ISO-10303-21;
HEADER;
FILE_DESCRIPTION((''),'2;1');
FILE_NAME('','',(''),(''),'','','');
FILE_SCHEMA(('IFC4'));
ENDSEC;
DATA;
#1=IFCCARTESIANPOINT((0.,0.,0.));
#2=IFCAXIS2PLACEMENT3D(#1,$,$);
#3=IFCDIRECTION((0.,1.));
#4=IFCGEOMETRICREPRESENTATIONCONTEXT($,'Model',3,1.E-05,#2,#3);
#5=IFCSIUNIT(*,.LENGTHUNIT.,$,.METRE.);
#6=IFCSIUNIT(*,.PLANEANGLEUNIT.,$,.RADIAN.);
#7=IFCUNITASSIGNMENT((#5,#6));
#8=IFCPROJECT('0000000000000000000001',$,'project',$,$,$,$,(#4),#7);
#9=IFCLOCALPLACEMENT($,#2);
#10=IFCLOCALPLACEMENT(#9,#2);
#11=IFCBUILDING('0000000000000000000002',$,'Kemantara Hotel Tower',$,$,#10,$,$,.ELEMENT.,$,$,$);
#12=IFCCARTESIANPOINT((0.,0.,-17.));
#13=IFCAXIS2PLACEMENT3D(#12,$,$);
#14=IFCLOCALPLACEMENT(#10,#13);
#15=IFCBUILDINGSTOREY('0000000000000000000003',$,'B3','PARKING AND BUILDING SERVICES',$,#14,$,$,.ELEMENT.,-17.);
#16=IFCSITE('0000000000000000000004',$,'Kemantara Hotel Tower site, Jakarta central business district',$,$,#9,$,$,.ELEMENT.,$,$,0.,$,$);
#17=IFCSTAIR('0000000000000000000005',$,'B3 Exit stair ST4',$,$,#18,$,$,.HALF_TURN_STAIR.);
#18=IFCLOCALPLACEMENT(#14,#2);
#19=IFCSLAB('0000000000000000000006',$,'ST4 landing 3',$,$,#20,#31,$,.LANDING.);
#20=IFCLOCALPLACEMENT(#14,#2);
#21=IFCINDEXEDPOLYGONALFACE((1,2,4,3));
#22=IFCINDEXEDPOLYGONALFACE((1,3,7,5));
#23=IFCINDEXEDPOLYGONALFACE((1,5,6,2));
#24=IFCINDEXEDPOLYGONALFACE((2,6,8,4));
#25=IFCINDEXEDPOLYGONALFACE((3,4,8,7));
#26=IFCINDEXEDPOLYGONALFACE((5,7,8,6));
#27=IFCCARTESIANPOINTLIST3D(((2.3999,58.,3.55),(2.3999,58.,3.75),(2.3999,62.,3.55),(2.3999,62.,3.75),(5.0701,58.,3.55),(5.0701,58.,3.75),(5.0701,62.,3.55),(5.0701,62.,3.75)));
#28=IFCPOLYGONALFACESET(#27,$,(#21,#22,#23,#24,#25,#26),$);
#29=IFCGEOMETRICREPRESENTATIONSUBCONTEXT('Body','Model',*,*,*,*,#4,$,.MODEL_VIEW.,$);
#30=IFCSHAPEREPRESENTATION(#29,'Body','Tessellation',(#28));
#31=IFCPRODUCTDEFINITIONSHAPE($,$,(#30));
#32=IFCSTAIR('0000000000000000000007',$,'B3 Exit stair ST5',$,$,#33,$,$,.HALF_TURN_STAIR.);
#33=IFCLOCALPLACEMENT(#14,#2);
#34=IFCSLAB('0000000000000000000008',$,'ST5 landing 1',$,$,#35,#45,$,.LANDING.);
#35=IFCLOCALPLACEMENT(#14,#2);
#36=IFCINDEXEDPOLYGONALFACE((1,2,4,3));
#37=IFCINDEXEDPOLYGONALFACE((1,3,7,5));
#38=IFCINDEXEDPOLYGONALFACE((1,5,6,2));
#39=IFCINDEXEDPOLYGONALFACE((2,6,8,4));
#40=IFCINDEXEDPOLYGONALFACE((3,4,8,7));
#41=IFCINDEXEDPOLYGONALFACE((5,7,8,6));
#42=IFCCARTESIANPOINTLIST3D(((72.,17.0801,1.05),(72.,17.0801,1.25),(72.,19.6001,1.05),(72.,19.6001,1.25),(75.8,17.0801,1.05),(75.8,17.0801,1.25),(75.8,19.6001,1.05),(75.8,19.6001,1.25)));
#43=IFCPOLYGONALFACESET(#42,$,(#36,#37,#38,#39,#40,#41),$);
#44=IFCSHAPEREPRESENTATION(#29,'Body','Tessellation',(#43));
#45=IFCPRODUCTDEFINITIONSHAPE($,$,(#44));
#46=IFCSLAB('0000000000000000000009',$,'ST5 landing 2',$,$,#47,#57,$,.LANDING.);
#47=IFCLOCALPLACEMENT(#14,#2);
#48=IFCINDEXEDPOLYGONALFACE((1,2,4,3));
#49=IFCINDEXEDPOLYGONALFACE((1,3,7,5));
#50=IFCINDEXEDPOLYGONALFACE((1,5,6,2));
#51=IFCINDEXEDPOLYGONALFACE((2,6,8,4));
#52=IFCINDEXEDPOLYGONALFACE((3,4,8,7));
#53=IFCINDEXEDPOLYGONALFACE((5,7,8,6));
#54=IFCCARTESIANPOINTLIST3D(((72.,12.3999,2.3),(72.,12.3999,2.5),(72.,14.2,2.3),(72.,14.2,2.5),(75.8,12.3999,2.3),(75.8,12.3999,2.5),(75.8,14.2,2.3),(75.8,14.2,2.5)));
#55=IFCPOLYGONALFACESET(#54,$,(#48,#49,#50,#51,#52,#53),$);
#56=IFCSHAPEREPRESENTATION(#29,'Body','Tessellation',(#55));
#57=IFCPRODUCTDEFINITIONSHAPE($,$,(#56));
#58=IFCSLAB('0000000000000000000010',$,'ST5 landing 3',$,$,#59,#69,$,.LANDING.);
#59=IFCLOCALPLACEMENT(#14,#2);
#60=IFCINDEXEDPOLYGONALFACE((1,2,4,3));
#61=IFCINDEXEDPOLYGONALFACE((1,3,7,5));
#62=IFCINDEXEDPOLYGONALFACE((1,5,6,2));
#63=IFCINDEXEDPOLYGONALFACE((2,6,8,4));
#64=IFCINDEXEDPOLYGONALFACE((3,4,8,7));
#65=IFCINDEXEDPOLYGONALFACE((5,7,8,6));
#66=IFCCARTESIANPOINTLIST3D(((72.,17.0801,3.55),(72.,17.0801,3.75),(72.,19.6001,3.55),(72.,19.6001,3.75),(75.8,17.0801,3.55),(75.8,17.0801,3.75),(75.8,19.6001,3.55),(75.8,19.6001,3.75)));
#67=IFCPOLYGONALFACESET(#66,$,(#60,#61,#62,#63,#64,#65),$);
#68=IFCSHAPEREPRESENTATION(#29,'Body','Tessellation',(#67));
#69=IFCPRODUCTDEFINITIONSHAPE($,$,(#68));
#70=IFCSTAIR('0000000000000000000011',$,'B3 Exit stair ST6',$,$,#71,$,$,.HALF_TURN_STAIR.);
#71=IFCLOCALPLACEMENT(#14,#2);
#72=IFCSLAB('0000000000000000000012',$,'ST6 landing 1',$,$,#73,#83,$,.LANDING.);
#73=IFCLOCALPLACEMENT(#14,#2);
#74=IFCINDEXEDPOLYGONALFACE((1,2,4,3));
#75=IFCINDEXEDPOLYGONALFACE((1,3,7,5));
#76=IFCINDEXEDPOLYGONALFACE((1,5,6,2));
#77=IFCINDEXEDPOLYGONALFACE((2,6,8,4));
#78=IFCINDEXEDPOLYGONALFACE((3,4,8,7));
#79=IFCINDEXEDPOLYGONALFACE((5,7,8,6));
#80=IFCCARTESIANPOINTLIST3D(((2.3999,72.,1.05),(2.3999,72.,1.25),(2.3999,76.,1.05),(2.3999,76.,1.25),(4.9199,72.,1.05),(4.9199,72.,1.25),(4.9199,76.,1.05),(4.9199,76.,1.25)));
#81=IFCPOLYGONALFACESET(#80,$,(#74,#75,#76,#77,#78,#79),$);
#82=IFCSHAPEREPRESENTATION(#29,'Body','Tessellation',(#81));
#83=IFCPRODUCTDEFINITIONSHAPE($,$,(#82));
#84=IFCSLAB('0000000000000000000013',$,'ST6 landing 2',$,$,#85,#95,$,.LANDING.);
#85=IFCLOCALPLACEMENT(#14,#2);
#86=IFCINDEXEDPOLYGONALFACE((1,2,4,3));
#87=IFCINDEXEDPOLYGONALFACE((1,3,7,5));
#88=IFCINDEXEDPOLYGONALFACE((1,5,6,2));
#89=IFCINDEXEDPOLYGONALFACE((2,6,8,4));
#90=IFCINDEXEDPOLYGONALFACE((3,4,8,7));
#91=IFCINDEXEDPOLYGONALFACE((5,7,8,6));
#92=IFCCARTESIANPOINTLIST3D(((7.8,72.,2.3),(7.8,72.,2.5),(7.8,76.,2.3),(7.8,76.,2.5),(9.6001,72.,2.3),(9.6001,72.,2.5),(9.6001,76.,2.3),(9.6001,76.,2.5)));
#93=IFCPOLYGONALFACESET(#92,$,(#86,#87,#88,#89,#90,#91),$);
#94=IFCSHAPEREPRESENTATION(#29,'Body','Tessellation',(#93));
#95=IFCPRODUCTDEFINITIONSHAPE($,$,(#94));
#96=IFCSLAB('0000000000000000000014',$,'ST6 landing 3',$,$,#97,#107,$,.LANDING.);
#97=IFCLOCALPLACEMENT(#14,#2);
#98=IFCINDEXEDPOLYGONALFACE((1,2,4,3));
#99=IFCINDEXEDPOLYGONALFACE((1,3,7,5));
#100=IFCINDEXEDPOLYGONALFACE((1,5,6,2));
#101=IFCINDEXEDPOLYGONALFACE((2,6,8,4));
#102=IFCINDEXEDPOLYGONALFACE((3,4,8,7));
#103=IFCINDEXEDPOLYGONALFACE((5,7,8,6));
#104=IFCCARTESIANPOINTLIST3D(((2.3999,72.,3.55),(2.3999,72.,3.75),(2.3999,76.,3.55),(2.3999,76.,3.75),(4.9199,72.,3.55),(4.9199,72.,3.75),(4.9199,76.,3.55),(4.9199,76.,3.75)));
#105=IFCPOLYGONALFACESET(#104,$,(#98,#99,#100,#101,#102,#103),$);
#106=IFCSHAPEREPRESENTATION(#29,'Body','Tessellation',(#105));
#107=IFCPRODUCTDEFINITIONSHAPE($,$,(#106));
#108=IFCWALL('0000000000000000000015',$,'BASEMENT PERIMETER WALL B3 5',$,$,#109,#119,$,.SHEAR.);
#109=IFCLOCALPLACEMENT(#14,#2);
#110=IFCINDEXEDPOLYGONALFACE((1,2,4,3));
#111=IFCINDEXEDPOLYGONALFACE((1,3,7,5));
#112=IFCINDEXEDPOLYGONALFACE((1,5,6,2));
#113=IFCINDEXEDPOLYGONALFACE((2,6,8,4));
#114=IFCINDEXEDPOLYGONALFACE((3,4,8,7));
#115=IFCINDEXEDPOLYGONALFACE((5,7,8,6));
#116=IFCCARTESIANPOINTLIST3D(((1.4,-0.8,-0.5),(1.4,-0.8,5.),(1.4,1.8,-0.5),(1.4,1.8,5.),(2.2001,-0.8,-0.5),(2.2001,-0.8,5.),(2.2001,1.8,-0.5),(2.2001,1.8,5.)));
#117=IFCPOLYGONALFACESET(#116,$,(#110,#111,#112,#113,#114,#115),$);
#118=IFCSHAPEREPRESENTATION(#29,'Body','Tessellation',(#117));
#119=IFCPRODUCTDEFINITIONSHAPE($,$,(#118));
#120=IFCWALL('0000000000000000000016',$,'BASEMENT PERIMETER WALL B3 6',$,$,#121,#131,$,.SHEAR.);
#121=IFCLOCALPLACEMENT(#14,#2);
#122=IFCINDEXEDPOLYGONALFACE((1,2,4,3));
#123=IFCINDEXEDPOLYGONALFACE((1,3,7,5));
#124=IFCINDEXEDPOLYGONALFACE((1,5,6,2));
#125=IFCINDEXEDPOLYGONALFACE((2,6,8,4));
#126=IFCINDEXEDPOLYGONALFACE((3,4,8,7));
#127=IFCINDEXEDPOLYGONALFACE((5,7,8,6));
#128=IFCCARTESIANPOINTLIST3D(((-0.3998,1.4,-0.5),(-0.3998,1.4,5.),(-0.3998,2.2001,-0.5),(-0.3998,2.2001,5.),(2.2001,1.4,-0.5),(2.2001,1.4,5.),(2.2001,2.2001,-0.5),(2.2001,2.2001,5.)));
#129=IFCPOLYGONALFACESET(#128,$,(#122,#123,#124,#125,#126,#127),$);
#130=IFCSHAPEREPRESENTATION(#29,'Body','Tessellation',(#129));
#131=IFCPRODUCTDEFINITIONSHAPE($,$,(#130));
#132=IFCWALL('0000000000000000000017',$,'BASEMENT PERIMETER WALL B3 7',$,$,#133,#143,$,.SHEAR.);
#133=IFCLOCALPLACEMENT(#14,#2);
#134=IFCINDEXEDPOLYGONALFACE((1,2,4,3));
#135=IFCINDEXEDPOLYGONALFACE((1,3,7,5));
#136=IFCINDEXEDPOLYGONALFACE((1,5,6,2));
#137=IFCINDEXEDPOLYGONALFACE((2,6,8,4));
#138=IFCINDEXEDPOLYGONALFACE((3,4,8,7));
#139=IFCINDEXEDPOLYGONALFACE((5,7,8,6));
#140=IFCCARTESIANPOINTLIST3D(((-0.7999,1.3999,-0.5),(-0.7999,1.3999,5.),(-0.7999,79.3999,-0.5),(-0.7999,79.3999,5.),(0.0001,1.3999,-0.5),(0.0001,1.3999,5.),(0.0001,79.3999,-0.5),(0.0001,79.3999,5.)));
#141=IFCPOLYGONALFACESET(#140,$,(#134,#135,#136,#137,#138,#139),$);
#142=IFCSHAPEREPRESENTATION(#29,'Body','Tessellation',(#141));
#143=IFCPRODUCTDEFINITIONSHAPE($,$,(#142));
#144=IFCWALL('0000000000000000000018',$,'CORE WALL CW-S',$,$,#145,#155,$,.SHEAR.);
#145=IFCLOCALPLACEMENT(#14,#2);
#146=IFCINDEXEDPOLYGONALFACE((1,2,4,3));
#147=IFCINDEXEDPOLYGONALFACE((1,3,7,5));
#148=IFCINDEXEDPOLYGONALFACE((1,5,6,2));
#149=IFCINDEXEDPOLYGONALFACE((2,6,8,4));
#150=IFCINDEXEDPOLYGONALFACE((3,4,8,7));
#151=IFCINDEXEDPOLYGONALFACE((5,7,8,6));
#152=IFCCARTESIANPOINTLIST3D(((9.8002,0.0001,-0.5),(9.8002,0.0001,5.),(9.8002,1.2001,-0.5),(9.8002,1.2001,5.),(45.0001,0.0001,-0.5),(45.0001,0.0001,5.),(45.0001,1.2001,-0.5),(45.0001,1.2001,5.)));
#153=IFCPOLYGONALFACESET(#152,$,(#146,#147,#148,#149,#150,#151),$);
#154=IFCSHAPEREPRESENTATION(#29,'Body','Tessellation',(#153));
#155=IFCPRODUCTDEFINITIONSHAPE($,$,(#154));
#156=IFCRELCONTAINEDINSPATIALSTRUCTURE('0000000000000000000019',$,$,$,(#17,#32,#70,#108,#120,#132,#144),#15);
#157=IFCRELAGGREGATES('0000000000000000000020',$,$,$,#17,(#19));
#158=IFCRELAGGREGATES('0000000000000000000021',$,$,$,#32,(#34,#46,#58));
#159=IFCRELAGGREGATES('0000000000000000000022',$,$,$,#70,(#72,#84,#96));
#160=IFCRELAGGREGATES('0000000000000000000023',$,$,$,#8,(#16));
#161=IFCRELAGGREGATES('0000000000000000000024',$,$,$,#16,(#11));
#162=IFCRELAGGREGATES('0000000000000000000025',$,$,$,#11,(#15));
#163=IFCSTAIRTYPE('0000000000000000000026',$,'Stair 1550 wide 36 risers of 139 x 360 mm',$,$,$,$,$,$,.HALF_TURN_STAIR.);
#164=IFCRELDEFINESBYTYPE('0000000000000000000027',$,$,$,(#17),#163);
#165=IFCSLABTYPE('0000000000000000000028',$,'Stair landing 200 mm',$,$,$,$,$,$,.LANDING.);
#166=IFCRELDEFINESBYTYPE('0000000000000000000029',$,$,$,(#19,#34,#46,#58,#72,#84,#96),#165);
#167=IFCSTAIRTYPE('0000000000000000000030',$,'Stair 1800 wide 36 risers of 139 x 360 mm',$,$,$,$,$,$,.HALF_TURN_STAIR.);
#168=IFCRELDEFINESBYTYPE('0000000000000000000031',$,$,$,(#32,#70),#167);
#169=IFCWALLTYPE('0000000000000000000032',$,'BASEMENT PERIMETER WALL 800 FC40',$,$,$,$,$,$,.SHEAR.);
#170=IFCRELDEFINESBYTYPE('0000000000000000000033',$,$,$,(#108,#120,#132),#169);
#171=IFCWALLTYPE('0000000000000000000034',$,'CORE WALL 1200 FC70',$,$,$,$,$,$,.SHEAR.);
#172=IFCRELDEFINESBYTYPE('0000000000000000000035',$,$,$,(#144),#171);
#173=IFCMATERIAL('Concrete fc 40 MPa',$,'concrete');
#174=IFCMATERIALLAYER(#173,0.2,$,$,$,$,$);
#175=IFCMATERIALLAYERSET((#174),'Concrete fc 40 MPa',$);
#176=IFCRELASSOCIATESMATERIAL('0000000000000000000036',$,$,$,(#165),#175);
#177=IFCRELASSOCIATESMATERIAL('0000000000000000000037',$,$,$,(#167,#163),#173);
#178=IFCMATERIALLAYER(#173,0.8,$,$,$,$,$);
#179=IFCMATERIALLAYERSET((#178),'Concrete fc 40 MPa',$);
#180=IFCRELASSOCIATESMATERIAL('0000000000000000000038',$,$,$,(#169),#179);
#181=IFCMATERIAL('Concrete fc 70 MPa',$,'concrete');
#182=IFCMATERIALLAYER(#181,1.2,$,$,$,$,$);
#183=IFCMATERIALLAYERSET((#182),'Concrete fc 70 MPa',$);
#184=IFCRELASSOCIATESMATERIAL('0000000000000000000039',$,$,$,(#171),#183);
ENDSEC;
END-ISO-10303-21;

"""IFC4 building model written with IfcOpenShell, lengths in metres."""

from ifc_helpers import new_model, si_unit, direction, frame, frame_2d, origin, place, context, subcontext, project, spatial, polyline, rectangle, outline, extrude, material, layer, layer_set, type_object, element, aggregate, save


model = new_model("IFC4")

# Units and contexts
model_context = context("Model", 3, precision=1e-05, world=origin(), true_north=direction((0.0, 1.0)))
body_context = subcontext(model_context, "Body", "Model", "MODEL_VIEW")
ifc_project = project(units=[si_unit("LENGTHUNIT", "METRE"), si_unit("PLANEANGLEUNIT", "RADIAN")], contexts=[model_context])

# Site, building, storey
site_placement = place(None, origin())
site = spatial("IfcSite", under=ifc_project, at=site_placement, Name="Kemantara Hotel Tower site, Jakarta central business district", CompositionType="ELEMENT", RefElevation=0.0)
building_placement = place(site_placement, origin())
building = spatial("IfcBuilding", under=site, at=building_placement, Name="Kemantara Hotel Tower", CompositionType="ELEMENT")
storey_placement = place(building_placement, frame((0.0, 0.0, -17.0)))
storey = spatial("IfcBuildingStorey", under=building, at=storey_placement, Name="B3", Description="PARKING AND BUILDING SERVICES", CompositionType="ELEMENT", Elevation=-17.0)

# Shared definitions
ifc_material_1 = material(Name="Concrete fc 40 MPa", Category="concrete")

# Shared definitions
ifc_material_2 = material(Name="Concrete fc 70 MPa", Category="concrete")

# Stairs, slabs
ifc_layer_1 = layer(ifc_material_1, 0.2)
ifc_layer_set_1 = layer_set([ifc_layer_1], Name="Concrete fc 40 MPa")
slab_type_1 = type_object("IfcSlabType", Name="Stair landing 200 mm", PredefinedType="LANDING", material=ifc_layer_set_1)
stair_type_1 = type_object("IfcStairType", Name="Stair 1800 wide 36 risers of 139 x 360 mm", PredefinedType="HALF_TURN_STAIR", material=ifc_material_1)
stair_type_2 = type_object("IfcStairType", Name="Stair 1550 wide 36 risers of 139 x 360 mm", PredefinedType="HALF_TURN_STAIR", material=ifc_material_1)
stair_1_placement = place(storey_placement, origin())
stair_1 = element("IfcStair", 1, at=stair_1_placement, inside=storey, type_object=stair_type_2, Name="B3 Exit stair ST4", PredefinedType="HALF_TURN_STAIR")
slab_1_placement = place(storey_placement, frame((0.0, 0.0, 3.55)))
slab_1 = element("IfcSlab", 2, at=slab_1_placement, type_object=slab_type_1, Name="ST4 landing 3", PredefinedType="LANDING", context=body_context, shape_type="SweptSolid", body=[
    extrude(outline(polyline([(5.0701, 62.0), (2.3999, 62.0), (2.3999, 58.0), (5.0701, 58.0), (5.0701, 62.0)])), origin(), (0.0, 0.0, 1.0), 0.2),
])
aggregate(stair_1, [slab_1])
stair_2_placement = place(storey_placement, origin())
stair_2 = element("IfcStair", 3, at=stair_2_placement, inside=storey, type_object=stair_type_1, Name="B3 Exit stair ST5", PredefinedType="HALF_TURN_STAIR")
slab_2_placement = place(storey_placement, frame((0.0, 0.0, 1.05)))
slab_2 = element("IfcSlab", 4, at=slab_2_placement, type_object=slab_type_1, Name="ST5 landing 1", PredefinedType="LANDING", context=body_context, shape_type="SweptSolid", body=[
    extrude(outline(polyline([(75.8, 17.0801), (75.8, 19.6001), (72.0, 19.6001), (72.0, 17.0801), (75.8, 17.0801)])), origin(), (0.0, 0.0, 1.0), 0.2),
])
slab_3_placement = place(storey_placement, frame((0.0, 0.0, 2.3)))
slab_3 = element("IfcSlab", 5, at=slab_3_placement, type_object=slab_type_1, Name="ST5 landing 2", PredefinedType="LANDING", context=body_context, shape_type="SweptSolid", body=[
    extrude(outline(polyline([(75.8, 12.3999), (75.8, 14.2), (72.0, 14.2), (72.0, 12.3999), (75.8, 12.3999)])), origin(), (0.0, 0.0, 1.0), 0.2),
])
slab_4_placement = place(storey_placement, frame((0.0, 0.0, 3.55)))
slab_4 = element("IfcSlab", 6, at=slab_4_placement, type_object=slab_type_1, Name="ST5 landing 3", PredefinedType="LANDING", context=body_context, shape_type="SweptSolid", body=[
    extrude(outline(polyline([(75.8, 17.0801), (75.8, 19.6001), (72.0, 19.6001), (72.0, 17.0801), (75.8, 17.0801)])), origin(), (0.0, 0.0, 1.0), 0.2),
])
aggregate(stair_2, [slab_2, slab_3, slab_4])
stair_3_placement = place(storey_placement, origin())
stair_3 = element("IfcStair", 7, at=stair_3_placement, inside=storey, type_object=stair_type_1, Name="B3 Exit stair ST6", PredefinedType="HALF_TURN_STAIR")
slab_5_placement = place(storey_placement, frame((0.0, 0.0, 1.05)))
slab_5 = element("IfcSlab", 8, at=slab_5_placement, type_object=slab_type_1, Name="ST6 landing 1", PredefinedType="LANDING", context=body_context, shape_type="SweptSolid", body=[
    extrude(outline(polyline([(4.9199, 76.0), (2.3999, 76.0), (2.3999, 72.0), (4.9199, 72.0), (4.9199, 76.0)])), origin(), (0.0, 0.0, 1.0), 0.2),
])
slab_6_placement = place(storey_placement, frame((0.0, 0.0, 2.3)))
slab_6 = element("IfcSlab", 9, at=slab_6_placement, type_object=slab_type_1, Name="ST6 landing 2", PredefinedType="LANDING", context=body_context, shape_type="SweptSolid", body=[
    extrude(outline(polyline([(9.6001, 76.0), (7.8, 76.0), (7.8, 72.0), (9.6001, 72.0), (9.6001, 76.0)])), origin(), (0.0, 0.0, 1.0), 0.2),
])
slab_7_placement = place(storey_placement, frame((0.0, 0.0, 3.55)))
slab_7 = element("IfcSlab", 10, at=slab_7_placement, type_object=slab_type_1, Name="ST6 landing 3", PredefinedType="LANDING", context=body_context, shape_type="SweptSolid", body=[
    extrude(outline(polyline([(4.9199, 76.0), (2.3999, 76.0), (2.3999, 72.0), (4.9199, 72.0), (4.9199, 76.0)])), origin(), (0.0, 0.0, 1.0), 0.2),
])
aggregate(stair_3, [slab_5, slab_6, slab_7])

# Walls
ifc_layer_2 = layer(ifc_material_1, 0.8)
ifc_layer_set_2 = layer_set([ifc_layer_2], Name="Concrete fc 40 MPa")
wall_type_1 = type_object("IfcWallType", Name="BASEMENT PERIMETER WALL 800 FC40", PredefinedType="SHEAR", material=ifc_layer_set_2)
wall_1_placement = place(storey_placement, frame((1.8, -0.8, -0.5), z_axis=(0.0, 0.0, 1.0), x_axis=(0.0, 1.0, 0.0)))
element("IfcWall", 11, at=wall_1_placement, inside=storey, type_object=wall_type_1, Name="BASEMENT PERIMETER WALL B3 5", PredefinedType="SHEAR", context=body_context, shape_type="SweptSolid", body=[
    extrude(rectangle(XDim=2.6001, YDim=0.8, at=frame_2d((1.3, 0.0))), origin(), (0.0, 0.0, 1.0), 5.5),
])
wall_2_placement = place(storey_placement, frame((2.2, 1.8, -0.5), z_axis=(0.0, 0.0, 1.0), x_axis=(-1.0, 0.0, 0.0)))
element("IfcWall", 12, at=wall_2_placement, inside=storey, type_object=wall_type_1, Name="BASEMENT PERIMETER WALL B3 6", PredefinedType="SHEAR", context=body_context, shape_type="SweptSolid", body=[
    extrude(rectangle(XDim=2.5999, YDim=0.8, at=frame_2d((1.2998, 0.0))), origin(), (0.0, 0.0, 1.0), 5.5),
])
wall_3_placement = place(storey_placement, frame((-0.3999, 1.3999, -0.5), z_axis=(0.0, 0.0, 1.0), x_axis=(0.0, 1.0, 0.0)))
element("IfcWall", 13, at=wall_3_placement, inside=storey, type_object=wall_type_1, Name="BASEMENT PERIMETER WALL B3 7", PredefinedType="SHEAR", context=body_context, shape_type="SweptSolid", body=[
    extrude(rectangle(XDim=78.0, YDim=0.8, at=frame_2d((39.0, 0.0))), origin(), (0.0, 0.0, 1.0), 5.5),
])
ifc_layer_3 = layer(ifc_material_2, 1.2)
ifc_layer_set_3 = layer_set([ifc_layer_3], Name="Concrete fc 70 MPa")
wall_type_2 = type_object("IfcWallType", Name="CORE WALL 1200 FC70", PredefinedType="SHEAR", material=ifc_layer_set_3)
wall_4_placement = place(storey_placement, frame((9.8, 0.6001, -0.5), z_axis=(0.0, 0.0, 1.0), x_axis=(1.0, 0.0, 0.0)))
element("IfcWall", 14, at=wall_4_placement, inside=storey, type_object=wall_type_2, Name="CORE WALL CW-S", PredefinedType="SHEAR", context=body_context, shape_type="SweptSolid", body=[
    extrude(rectangle(XDim=35.2, YDim=1.2, at=frame_2d((17.6001, 0.0))), origin(), (0.0, 0.0, 1.0), 5.5),
])

save(model, "model.ifc")
